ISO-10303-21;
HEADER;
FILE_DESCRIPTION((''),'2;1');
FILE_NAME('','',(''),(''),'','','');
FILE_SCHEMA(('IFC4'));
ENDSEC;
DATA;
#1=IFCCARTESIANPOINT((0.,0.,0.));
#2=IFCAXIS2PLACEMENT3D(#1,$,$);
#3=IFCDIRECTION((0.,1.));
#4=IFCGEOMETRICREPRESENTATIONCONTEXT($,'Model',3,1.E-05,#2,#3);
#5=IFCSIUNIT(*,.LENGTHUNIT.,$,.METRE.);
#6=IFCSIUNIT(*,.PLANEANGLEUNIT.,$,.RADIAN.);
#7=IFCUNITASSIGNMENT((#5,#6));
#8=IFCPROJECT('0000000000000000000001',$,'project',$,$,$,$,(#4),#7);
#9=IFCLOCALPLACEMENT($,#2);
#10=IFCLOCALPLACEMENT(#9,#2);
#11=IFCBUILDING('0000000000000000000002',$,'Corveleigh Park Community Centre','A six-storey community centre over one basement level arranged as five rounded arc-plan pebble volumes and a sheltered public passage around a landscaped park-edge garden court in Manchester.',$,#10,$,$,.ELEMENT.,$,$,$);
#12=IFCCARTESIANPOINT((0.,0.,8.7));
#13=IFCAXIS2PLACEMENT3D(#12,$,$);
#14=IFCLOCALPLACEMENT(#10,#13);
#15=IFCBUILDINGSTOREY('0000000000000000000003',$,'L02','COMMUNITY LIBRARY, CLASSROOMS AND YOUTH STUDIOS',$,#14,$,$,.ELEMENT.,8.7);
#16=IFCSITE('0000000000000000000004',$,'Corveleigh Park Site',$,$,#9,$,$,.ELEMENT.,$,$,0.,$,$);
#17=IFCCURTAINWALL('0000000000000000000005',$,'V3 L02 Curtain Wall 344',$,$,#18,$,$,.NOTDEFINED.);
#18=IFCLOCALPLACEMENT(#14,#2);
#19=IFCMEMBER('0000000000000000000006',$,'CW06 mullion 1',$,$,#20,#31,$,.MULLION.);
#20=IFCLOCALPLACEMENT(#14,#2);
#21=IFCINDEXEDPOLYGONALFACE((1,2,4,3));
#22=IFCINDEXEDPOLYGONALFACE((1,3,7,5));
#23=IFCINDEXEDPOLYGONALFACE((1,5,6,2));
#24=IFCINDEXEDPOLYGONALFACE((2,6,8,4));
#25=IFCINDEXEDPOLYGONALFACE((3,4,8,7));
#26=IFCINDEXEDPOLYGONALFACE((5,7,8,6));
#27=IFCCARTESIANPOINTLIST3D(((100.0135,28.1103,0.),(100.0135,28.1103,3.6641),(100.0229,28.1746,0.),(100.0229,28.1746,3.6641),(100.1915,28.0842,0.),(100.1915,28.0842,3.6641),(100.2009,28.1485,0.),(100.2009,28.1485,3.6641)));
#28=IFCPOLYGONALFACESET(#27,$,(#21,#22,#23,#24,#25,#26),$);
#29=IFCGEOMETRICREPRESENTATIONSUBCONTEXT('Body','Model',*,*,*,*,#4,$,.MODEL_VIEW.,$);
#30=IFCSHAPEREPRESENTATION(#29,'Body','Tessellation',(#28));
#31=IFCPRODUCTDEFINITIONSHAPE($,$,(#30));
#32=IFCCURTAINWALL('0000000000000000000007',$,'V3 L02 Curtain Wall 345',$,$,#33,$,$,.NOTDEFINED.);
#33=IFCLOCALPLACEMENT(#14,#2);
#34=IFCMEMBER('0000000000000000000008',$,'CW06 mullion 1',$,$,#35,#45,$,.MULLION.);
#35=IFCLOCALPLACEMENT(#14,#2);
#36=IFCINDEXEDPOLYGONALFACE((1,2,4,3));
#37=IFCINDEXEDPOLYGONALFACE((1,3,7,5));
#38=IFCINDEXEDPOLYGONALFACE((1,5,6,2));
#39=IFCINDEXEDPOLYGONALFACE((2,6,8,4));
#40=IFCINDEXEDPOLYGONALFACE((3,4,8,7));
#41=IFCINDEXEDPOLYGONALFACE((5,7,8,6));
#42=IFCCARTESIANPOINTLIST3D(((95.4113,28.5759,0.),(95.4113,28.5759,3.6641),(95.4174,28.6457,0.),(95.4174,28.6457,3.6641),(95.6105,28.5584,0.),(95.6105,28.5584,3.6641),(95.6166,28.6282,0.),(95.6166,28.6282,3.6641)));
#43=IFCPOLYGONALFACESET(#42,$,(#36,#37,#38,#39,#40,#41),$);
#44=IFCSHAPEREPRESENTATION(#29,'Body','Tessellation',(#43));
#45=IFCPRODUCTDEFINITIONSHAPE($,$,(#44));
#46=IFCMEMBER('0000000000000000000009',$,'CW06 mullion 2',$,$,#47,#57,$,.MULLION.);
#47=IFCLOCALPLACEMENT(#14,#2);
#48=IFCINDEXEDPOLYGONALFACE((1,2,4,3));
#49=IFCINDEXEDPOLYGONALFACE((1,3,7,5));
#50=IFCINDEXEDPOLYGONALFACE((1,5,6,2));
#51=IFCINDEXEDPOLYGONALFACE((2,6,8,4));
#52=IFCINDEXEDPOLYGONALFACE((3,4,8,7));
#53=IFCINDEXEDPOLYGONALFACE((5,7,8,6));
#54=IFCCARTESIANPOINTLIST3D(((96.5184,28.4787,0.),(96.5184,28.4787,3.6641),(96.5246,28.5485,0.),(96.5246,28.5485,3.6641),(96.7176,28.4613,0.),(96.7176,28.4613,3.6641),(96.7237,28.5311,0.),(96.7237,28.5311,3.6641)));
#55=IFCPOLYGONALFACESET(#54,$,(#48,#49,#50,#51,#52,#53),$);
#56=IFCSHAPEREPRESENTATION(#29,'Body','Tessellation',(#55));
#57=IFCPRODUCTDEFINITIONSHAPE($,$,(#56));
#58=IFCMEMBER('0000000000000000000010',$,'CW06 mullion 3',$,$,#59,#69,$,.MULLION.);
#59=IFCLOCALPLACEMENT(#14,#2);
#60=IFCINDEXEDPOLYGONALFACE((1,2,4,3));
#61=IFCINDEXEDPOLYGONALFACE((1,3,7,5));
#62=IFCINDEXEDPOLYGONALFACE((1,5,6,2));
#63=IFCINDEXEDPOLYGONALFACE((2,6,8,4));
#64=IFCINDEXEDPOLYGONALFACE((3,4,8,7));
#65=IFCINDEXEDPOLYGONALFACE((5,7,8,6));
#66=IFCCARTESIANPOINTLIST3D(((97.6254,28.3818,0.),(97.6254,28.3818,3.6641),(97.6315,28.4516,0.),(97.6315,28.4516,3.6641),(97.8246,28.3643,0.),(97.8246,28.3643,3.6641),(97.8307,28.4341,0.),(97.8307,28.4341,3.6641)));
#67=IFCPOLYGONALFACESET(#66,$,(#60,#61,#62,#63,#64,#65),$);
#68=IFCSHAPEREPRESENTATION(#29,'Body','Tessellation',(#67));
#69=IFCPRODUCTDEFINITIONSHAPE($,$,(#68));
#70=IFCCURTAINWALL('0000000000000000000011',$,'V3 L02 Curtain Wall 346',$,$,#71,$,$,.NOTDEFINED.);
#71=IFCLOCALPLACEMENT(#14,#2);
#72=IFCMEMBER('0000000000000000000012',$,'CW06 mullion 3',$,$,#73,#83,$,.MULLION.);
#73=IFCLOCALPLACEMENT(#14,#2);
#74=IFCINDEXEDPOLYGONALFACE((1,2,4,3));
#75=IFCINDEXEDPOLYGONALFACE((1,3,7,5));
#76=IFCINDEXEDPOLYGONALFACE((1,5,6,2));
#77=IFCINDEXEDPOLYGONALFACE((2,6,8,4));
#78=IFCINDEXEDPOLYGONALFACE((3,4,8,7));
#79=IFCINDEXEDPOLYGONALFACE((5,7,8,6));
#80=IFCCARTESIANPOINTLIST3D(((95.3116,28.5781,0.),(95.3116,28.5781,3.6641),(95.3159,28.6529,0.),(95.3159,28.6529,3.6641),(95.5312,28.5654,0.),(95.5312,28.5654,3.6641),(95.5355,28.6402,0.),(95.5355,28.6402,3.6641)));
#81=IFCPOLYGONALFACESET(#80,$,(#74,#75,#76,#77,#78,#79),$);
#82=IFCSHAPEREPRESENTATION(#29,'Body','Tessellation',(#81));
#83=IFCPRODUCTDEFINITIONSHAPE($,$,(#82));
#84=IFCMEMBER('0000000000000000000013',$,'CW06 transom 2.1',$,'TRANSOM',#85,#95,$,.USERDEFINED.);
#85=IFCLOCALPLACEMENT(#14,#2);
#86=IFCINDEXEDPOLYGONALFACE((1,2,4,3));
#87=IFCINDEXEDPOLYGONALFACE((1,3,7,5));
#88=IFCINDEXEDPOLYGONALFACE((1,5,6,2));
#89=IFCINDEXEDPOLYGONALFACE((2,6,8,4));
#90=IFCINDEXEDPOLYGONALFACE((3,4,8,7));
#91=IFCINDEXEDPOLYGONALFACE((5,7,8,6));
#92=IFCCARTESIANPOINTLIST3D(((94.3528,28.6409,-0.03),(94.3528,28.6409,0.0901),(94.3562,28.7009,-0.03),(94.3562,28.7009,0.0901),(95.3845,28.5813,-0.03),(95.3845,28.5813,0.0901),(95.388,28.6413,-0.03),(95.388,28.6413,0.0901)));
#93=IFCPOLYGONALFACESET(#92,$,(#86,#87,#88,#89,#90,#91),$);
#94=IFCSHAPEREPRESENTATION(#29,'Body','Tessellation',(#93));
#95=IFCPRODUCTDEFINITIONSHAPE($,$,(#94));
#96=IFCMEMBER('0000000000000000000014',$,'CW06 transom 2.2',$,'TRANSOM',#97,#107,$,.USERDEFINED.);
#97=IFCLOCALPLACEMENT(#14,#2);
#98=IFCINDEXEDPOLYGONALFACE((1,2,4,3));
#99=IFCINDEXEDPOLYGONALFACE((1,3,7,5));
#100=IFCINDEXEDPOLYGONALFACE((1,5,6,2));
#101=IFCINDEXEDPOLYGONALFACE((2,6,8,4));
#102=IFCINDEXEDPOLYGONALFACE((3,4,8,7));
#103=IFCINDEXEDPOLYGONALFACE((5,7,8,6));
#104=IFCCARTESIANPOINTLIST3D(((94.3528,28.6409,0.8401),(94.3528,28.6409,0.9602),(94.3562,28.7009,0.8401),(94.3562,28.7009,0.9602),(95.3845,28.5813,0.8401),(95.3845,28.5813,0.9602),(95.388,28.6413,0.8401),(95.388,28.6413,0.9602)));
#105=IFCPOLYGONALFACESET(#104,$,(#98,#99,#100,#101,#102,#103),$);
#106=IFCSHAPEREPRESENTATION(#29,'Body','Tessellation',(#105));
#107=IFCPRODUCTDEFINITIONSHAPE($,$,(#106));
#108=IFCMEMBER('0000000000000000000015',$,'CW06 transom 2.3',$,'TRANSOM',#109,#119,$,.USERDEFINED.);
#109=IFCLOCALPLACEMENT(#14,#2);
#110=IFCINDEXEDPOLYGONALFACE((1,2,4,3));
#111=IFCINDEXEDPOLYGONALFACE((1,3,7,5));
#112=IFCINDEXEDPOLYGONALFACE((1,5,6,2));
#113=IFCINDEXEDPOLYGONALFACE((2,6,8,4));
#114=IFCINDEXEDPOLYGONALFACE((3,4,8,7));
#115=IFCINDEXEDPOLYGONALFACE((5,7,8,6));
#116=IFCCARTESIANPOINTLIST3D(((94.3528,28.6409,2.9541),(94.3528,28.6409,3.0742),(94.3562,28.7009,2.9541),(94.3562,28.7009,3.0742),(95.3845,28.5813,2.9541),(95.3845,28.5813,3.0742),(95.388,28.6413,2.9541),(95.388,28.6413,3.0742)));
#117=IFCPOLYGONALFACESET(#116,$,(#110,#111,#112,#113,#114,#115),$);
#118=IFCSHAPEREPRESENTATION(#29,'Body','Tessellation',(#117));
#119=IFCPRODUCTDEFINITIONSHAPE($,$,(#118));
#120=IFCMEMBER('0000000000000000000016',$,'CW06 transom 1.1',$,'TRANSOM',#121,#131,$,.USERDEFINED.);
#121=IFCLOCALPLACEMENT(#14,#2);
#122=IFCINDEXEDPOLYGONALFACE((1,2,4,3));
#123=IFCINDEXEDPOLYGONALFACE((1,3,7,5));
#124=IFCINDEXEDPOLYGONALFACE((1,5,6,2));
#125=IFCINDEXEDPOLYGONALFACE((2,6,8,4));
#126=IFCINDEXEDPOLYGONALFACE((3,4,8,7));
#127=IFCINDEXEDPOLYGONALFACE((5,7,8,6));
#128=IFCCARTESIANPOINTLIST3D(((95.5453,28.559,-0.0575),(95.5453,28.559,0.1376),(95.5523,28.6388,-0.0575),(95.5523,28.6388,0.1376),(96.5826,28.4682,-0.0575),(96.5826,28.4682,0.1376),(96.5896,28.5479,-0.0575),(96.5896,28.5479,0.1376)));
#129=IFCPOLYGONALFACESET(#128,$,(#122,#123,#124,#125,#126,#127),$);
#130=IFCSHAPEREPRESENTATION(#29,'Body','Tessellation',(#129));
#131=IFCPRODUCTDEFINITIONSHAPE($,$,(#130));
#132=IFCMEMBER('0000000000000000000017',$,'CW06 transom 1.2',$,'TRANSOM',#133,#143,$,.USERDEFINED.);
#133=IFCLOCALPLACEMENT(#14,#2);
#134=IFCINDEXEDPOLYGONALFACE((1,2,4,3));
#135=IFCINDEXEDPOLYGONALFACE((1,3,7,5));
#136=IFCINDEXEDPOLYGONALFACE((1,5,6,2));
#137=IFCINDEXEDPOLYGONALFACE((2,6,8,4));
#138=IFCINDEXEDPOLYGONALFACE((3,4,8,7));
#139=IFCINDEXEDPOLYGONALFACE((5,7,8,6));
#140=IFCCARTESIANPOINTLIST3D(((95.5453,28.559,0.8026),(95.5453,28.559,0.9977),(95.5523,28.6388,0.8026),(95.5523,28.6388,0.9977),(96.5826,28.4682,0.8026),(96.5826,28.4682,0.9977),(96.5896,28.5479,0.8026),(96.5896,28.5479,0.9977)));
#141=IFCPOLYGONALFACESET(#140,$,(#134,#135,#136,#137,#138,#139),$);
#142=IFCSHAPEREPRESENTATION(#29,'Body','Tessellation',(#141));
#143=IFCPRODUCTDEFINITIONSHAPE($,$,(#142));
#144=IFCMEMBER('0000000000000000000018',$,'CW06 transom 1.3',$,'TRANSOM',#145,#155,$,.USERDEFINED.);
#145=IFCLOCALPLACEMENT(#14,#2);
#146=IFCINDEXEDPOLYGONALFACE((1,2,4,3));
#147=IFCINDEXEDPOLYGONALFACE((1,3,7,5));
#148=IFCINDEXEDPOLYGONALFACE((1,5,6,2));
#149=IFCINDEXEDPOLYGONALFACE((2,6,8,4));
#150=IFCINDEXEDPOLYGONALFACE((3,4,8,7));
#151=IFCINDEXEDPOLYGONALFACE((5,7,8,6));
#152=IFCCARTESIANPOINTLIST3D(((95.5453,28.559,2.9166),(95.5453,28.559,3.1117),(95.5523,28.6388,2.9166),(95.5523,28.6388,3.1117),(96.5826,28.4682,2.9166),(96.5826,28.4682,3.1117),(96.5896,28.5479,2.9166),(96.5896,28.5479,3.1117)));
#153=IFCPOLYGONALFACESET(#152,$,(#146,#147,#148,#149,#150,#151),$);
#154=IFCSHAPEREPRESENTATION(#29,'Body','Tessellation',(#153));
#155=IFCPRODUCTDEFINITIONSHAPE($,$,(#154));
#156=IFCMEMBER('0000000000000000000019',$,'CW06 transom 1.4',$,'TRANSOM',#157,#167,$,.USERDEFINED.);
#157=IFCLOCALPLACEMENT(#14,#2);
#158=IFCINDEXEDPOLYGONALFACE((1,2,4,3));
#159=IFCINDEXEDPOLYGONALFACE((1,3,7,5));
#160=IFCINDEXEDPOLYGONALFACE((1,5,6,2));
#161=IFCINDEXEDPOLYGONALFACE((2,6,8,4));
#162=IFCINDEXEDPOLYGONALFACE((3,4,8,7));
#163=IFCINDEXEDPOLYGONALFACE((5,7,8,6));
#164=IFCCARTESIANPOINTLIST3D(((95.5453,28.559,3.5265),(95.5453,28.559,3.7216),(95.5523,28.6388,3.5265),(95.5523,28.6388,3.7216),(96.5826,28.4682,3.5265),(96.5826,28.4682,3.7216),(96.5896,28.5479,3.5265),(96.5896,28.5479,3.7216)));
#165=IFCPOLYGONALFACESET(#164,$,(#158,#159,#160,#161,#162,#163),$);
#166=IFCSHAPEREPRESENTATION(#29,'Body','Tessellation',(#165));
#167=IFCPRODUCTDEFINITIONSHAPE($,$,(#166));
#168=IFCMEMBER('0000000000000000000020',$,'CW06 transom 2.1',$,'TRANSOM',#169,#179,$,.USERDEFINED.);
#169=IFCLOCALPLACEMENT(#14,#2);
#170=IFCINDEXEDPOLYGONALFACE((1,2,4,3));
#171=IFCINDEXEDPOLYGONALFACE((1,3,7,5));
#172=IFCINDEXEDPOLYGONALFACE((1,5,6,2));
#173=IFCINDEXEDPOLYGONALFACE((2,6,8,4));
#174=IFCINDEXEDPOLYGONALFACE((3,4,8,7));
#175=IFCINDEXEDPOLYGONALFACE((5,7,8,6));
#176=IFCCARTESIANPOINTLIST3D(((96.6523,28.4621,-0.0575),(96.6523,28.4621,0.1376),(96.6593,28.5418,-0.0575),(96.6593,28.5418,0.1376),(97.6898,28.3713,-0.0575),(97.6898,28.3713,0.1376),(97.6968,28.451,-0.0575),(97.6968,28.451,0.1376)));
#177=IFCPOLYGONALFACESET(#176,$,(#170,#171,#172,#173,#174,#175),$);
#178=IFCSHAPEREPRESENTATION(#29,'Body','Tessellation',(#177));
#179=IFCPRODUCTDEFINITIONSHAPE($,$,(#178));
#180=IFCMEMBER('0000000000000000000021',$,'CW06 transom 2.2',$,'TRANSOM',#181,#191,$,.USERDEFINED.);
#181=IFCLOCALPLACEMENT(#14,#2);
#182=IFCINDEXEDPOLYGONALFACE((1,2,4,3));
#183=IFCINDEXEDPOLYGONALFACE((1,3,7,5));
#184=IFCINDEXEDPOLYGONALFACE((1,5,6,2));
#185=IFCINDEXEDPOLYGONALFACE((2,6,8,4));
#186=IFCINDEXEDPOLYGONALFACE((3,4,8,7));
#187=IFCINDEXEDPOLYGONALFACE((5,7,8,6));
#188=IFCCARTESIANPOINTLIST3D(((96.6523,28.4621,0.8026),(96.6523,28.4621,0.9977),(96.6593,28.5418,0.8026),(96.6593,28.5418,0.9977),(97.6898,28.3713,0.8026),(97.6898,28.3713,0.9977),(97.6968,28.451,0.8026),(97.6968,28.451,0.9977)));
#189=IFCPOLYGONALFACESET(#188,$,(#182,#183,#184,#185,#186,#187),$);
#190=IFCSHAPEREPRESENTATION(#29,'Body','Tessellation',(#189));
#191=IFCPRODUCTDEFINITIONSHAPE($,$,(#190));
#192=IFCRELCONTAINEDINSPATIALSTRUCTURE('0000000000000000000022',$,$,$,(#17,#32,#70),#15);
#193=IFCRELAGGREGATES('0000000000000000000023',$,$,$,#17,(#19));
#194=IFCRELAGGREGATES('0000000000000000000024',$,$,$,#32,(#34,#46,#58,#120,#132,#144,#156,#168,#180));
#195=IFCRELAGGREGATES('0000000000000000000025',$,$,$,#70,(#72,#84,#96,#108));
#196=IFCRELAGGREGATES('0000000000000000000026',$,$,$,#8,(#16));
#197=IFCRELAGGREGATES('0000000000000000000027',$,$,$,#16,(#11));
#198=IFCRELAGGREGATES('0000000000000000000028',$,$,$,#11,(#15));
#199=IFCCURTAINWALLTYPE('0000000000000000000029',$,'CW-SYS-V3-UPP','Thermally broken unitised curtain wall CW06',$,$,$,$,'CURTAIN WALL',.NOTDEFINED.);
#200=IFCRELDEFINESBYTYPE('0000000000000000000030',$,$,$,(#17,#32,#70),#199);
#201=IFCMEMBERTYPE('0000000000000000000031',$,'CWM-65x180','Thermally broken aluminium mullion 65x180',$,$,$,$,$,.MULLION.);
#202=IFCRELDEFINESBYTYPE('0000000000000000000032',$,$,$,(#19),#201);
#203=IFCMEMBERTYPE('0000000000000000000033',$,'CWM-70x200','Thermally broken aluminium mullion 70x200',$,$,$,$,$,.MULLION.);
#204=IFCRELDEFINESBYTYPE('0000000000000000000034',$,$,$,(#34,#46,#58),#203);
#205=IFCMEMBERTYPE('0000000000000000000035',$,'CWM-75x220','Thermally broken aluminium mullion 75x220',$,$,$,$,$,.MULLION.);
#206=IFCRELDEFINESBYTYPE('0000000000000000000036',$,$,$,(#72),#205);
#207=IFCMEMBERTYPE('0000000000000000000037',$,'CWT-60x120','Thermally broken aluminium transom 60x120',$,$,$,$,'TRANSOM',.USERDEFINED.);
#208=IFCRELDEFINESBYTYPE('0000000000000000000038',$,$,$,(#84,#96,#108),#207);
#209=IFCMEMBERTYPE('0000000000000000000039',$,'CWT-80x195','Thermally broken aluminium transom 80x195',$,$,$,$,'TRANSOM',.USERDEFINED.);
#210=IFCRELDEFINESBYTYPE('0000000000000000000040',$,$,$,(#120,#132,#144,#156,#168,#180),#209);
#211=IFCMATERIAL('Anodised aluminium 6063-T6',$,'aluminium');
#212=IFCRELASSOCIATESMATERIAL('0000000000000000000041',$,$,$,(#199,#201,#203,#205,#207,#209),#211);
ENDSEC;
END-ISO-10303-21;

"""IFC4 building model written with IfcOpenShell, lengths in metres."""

from ifc_helpers import new_model, si_unit, direction, frame, origin, origin_2d, place, context, subcontext, project, spatial, rectangle, extrude, material, material_profile, profile_set, type_object, element, aggregate, save


model = new_model("IFC4")

# Units and contexts
model_context = context("Model", 3, precision=1e-05, world=origin(), true_north=direction((0.0, 1.0)))
body_context = subcontext(model_context, "Body", "Model", "MODEL_VIEW")
ifc_project = project(units=[si_unit("LENGTHUNIT", "METRE"), si_unit("PLANEANGLEUNIT", "RADIAN")], contexts=[model_context])

# Site, building, storey
site_placement = place(None, origin())
site = spatial("IfcSite", under=ifc_project, at=site_placement, Name="Corveleigh Park Site", CompositionType="ELEMENT", RefElevation=0.0)
building_placement = place(site_placement, origin())
building = spatial("IfcBuilding", under=site, at=building_placement, Name="Corveleigh Park Community Centre", Description="A six-storey community centre over one basement level arranged as five rounded arc-plan pebble volumes and a sheltered public passage around a landscaped park-edge garden court in Manchester.", CompositionType="ELEMENT")
storey_placement = place(building_placement, frame((0.0, 0.0, 8.7)))
storey = spatial("IfcBuildingStorey", under=building, at=storey_placement, Name="L02", Description="COMMUNITY LIBRARY, CLASSROOMS AND YOUTH STUDIOS", CompositionType="ELEMENT", Elevation=8.7)

# Curtain wall, member
ifc_material_1 = material(Name="Anodised aluminium 6063-T6", Category="aluminium")
curtain_wall_type = type_object("IfcCurtainWallType", Name="CW-SYS-V3-UPP", Description="Thermally broken unitised curtain wall CW06", ElementType="CURTAIN WALL", PredefinedType="NOTDEFINED", material=ifc_material_1)
curtain_wall_1_placement = place(storey_placement, origin())
curtain_wall_1 = element("IfcCurtainWall", 1, at=curtain_wall_1_placement, inside=storey, type_object=curtain_wall_type, Name="V3 L02 Curtain Wall 344", PredefinedType="NOTDEFINED")
ifc_material_profile_1 = material_profile(ifc_material_1, rectangle(XDim=0.0649, YDim=0.1799, at=origin_2d()), Name="ALU-M65x180", Category="aluminium")
ifc_profile_set_1 = profile_set([ifc_material_profile_1], Name="Anodised aluminium 6063-T6")
member_type_1 = type_object("IfcMemberType", Name="CWM-65x180", Description="Thermally broken aluminium mullion 65x180", PredefinedType="MULLION", material=ifc_profile_set_1)
member_1_placement = place(storey_placement, frame((100.1072, 28.1294, 0.0), z_axis=(0.0, 0.0, 1.0), x_axis=(0.144966, 0.989437, 0.0)))
member_1 = element("IfcMember", 2, at=member_1_placement, type_object=member_type_1, Name="CW06 mullion 1", PredefinedType="MULLION", context=body_context, shape_type="SweptSolid", body=[
    extrude(rectangle(XDim=0.0649, YDim=0.1799, at=origin_2d()), origin(), (0.0, 0.0, 1.0), 3.6641),
])
aggregate(curtain_wall_1, [member_1])

# Curtain walls, members
curtain_wall_2_placement = place(storey_placement, origin())
curtain_wall_2 = element("IfcCurtainWall", 3, at=curtain_wall_2_placement, inside=storey, type_object=curtain_wall_type, Name="V3 L02 Curtain Wall 345", PredefinedType="NOTDEFINED")
ifc_material_profile_2 = material_profile(ifc_material_1, rectangle(XDim=0.0701, YDim=0.2, at=origin_2d()), Name="ALU-M70x200", Category="aluminium")
ifc_profile_set_2 = profile_set([ifc_material_profile_2], Name="Anodised aluminium 6063-T6")
member_type_2 = type_object("IfcMemberType", Name="CWM-70x200", Description="Thermally broken aluminium mullion 70x200", PredefinedType="MULLION", material=ifc_profile_set_2)
member_2_placement = place(storey_placement, frame((95.5139, 28.6021, 0.0), z_axis=(0.0, 0.0, 1.0), x_axis=(0.087232, 0.996188, 0.0)))
member_2 = element("IfcMember", 4, at=member_2_placement, type_object=member_type_2, Name="CW06 mullion 1", PredefinedType="MULLION", context=body_context, shape_type="SweptSolid", body=[
    extrude(rectangle(XDim=0.0701, YDim=0.2, at=origin_2d()), origin(), (0.0, 0.0, 1.0), 3.6641),
])
member_3_placement = place(storey_placement, frame((96.6211, 28.5049, 0.0), z_axis=(0.0, 0.0, 1.0), x_axis=(0.087232, 0.996188, 0.0)))
member_3 = element("IfcMember", 5, at=member_3_placement, type_object=member_type_2, Name="CW06 mullion 2", PredefinedType="MULLION", context=body_context, shape_type="SweptSolid", body=[
    extrude(rectangle(XDim=0.0701, YDim=0.2, at=origin_2d()), origin(), (0.0, 0.0, 1.0), 3.6641),
])
member_4_placement = place(storey_placement, frame((97.728, 28.408, 0.0), z_axis=(0.0, 0.0, 1.0), x_axis=(0.087232, 0.996188, 0.0)))
member_4 = element("IfcMember", 6, at=member_4_placement, type_object=member_type_2, Name="CW06 mullion 3", PredefinedType="MULLION", context=body_context, shape_type="SweptSolid", body=[
    extrude(rectangle(XDim=0.0701, YDim=0.2, at=origin_2d()), origin(), (0.0, 0.0, 1.0), 3.6641),
])
curtain_wall_3_placement = place(storey_placement, origin())
curtain_wall_3 = element("IfcCurtainWall", 7, at=curtain_wall_3_placement, inside=storey, type_object=curtain_wall_type, Name="V3 L02 Curtain Wall 346", PredefinedType="NOTDEFINED")
ifc_material_profile_3 = material_profile(ifc_material_1, rectangle(XDim=0.075, YDim=0.22, at=origin_2d()), Name="ALU-M75x220", Category="aluminium")
ifc_profile_set_3 = profile_set([ifc_material_profile_3], Name="Anodised aluminium 6063-T6")
member_type_3 = type_object("IfcMemberType", Name="CWM-75x220", Description="Thermally broken aluminium mullion 75x220", PredefinedType="MULLION", material=ifc_profile_set_3)
member_5_placement = place(storey_placement, frame((95.4236, 28.6091, 0.0), z_axis=(0.0, 0.0, 1.0), x_axis=(0.057597, 0.99834, 0.0)))
member_5 = element("IfcMember", 8, at=member_5_placement, type_object=member_type_3, Name="CW06 mullion 3", PredefinedType="MULLION", context=body_context, shape_type="SweptSolid", body=[
    extrude(rectangle(XDim=0.075, YDim=0.22, at=origin_2d()), origin(), (0.0, 0.0, 1.0), 3.6641),
])
ifc_material_profile_4 = material_profile(ifc_material_1, rectangle(XDim=0.0601, YDim=0.1201, at=origin_2d()), Name="ALU-T60x120", Category="aluminium")
ifc_profile_set_4 = profile_set([ifc_material_profile_4], Name="Anodised aluminium 6063-T6")
member_type_4 = type_object("IfcMemberType", Name="CWT-60x120", Description="Thermally broken aluminium transom 60x120", ElementType="TRANSOM", PredefinedType="USERDEFINED", material=ifc_profile_set_4)
member_6_placement = place(storey_placement, frame((94.3545, 28.6709, 0.03), z_axis=(0.998337, -0.057642, 0.0), x_axis=(0.057642, 0.998337, 0.0)))
member_6 = element("IfcMember", 9, at=member_6_placement, type_object=member_type_4, Name="CW06 transom 2.1", ObjectType="TRANSOM", PredefinedType="USERDEFINED", context=body_context, shape_type="SweptSolid", body=[
    extrude(rectangle(XDim=0.0601, YDim=0.1201, at=origin_2d()), origin(), (0.0, 0.0, 1.0), 1.0334),
])
member_7_placement = place(storey_placement, frame((94.3545, 28.6709, 0.9001), z_axis=(0.998337, -0.057642, 0.0), x_axis=(0.057642, 0.998337, 0.0)))
member_7 = element("IfcMember", 10, at=member_7_placement, type_object=member_type_4, Name="CW06 transom 2.2", ObjectType="TRANSOM", PredefinedType="USERDEFINED", context=body_context, shape_type="SweptSolid", body=[
    extrude(rectangle(XDim=0.0601, YDim=0.1201, at=origin_2d()), origin(), (0.0, 0.0, 1.0), 1.0334),
])
member_8_placement = place(storey_placement, frame((94.3545, 28.6709, 3.0142), z_axis=(0.998337, -0.057642, 0.0), x_axis=(0.057642, 0.998337, 0.0)))
member_8 = element("IfcMember", 11, at=member_8_placement, type_object=member_type_4, Name="CW06 transom 2.3", ObjectType="TRANSOM", PredefinedType="USERDEFINED", context=body_context, shape_type="SweptSolid", body=[
    extrude(rectangle(XDim=0.0601, YDim=0.1201, at=origin_2d()), origin(), (0.0, 0.0, 1.0), 1.0334),
])

# Members
ifc_material_profile_5 = material_profile(ifc_material_1, rectangle(XDim=0.0801, YDim=0.1951, at=origin_2d()), Name="ALU-T80x195", Category="aluminium")
ifc_profile_set_5 = profile_set([ifc_material_profile_5], Name="Anodised aluminium 6063-T6")
member_type_5 = type_object("IfcMemberType", Name="CWT-80x195", Description="Thermally broken aluminium transom 80x195", ElementType="TRANSOM", PredefinedType="USERDEFINED", material=ifc_profile_set_5)
member_9_placement = place(storey_placement, frame((95.5488, 28.5989, 0.04), z_axis=(0.996189, -0.087216, 0.0), x_axis=(0.087216, 0.996189, 0.0)))
member_9 = element("IfcMember", 12, at=member_9_placement, type_object=member_type_5, Name="CW06 transom 1.1", ObjectType="TRANSOM", PredefinedType="USERDEFINED", context=body_context, shape_type="SweptSolid", body=[
    extrude(rectangle(XDim=0.0801, YDim=0.1951, at=origin_2d()), origin(), (0.0, 0.0, 1.0), 1.0413),
])
member_10_placement = place(storey_placement, frame((95.5488, 28.5989, 0.9001), z_axis=(0.996189, -0.087216, 0.0), x_axis=(0.087216, 0.996189, 0.0)))
member_10 = element("IfcMember", 13, at=member_10_placement, type_object=member_type_5, Name="CW06 transom 1.2", ObjectType="TRANSOM", PredefinedType="USERDEFINED", context=body_context, shape_type="SweptSolid", body=[
    extrude(rectangle(XDim=0.0801, YDim=0.1951, at=origin_2d()), origin(), (0.0, 0.0, 1.0), 1.0413),
])
member_11_placement = place(storey_placement, frame((95.5488, 28.5989, 3.0142), z_axis=(0.996189, -0.087216, 0.0), x_axis=(0.087216, 0.996189, 0.0)))
member_11 = element("IfcMember", 14, at=member_11_placement, type_object=member_type_5, Name="CW06 transom 1.3", ObjectType="TRANSOM", PredefinedType="USERDEFINED", context=body_context, shape_type="SweptSolid", body=[
    extrude(rectangle(XDim=0.0801, YDim=0.1951, at=origin_2d()), origin(), (0.0, 0.0, 1.0), 1.0413),
])
member_12_placement = place(storey_placement, frame((95.5488, 28.5989, 3.624), z_axis=(0.996189, -0.087216, 0.0), x_axis=(0.087216, 0.996189, 0.0)))
member_12 = element("IfcMember", 15, at=member_12_placement, type_object=member_type_5, Name="CW06 transom 1.4", ObjectType="TRANSOM", PredefinedType="USERDEFINED", context=body_context, shape_type="SweptSolid", body=[
    extrude(rectangle(XDim=0.0801, YDim=0.1951, at=origin_2d()), origin(), (0.0, 0.0, 1.0), 1.0413),
])
member_13_placement = place(storey_placement, frame((96.6558, 28.502, 0.04), z_axis=(0.996191, -0.087196, 0.0), x_axis=(0.087196, 0.996191, 0.0)))
member_13 = element("IfcMember", 16, at=member_13_placement, type_object=member_type_5, Name="CW06 transom 2.1", ObjectType="TRANSOM", PredefinedType="USERDEFINED", context=body_context, shape_type="SweptSolid", body=[
    extrude(rectangle(XDim=0.0801, YDim=0.1951, at=origin_2d()), origin(), (0.0, 0.0, 1.0), 1.0415),
])
member_14_placement = place(storey_placement, frame((96.6558, 28.502, 0.9001), z_axis=(0.996191, -0.087196, 0.0), x_axis=(0.087196, 0.996191, 0.0)))
member_14 = element("IfcMember", 17, at=member_14_placement, type_object=member_type_5, Name="CW06 transom 2.2", ObjectType="TRANSOM", PredefinedType="USERDEFINED", context=body_context, shape_type="SweptSolid", body=[
    extrude(rectangle(XDim=0.0801, YDim=0.1951, at=origin_2d()), origin(), (0.0, 0.0, 1.0), 1.0415),
])

aggregate(curtain_wall_2, [member_2, member_3, member_4, member_9, member_10, member_11, member_12, member_13, member_14])
aggregate(curtain_wall_3, [member_5, member_6, member_7, member_8])

save(model, "model.ifc")
